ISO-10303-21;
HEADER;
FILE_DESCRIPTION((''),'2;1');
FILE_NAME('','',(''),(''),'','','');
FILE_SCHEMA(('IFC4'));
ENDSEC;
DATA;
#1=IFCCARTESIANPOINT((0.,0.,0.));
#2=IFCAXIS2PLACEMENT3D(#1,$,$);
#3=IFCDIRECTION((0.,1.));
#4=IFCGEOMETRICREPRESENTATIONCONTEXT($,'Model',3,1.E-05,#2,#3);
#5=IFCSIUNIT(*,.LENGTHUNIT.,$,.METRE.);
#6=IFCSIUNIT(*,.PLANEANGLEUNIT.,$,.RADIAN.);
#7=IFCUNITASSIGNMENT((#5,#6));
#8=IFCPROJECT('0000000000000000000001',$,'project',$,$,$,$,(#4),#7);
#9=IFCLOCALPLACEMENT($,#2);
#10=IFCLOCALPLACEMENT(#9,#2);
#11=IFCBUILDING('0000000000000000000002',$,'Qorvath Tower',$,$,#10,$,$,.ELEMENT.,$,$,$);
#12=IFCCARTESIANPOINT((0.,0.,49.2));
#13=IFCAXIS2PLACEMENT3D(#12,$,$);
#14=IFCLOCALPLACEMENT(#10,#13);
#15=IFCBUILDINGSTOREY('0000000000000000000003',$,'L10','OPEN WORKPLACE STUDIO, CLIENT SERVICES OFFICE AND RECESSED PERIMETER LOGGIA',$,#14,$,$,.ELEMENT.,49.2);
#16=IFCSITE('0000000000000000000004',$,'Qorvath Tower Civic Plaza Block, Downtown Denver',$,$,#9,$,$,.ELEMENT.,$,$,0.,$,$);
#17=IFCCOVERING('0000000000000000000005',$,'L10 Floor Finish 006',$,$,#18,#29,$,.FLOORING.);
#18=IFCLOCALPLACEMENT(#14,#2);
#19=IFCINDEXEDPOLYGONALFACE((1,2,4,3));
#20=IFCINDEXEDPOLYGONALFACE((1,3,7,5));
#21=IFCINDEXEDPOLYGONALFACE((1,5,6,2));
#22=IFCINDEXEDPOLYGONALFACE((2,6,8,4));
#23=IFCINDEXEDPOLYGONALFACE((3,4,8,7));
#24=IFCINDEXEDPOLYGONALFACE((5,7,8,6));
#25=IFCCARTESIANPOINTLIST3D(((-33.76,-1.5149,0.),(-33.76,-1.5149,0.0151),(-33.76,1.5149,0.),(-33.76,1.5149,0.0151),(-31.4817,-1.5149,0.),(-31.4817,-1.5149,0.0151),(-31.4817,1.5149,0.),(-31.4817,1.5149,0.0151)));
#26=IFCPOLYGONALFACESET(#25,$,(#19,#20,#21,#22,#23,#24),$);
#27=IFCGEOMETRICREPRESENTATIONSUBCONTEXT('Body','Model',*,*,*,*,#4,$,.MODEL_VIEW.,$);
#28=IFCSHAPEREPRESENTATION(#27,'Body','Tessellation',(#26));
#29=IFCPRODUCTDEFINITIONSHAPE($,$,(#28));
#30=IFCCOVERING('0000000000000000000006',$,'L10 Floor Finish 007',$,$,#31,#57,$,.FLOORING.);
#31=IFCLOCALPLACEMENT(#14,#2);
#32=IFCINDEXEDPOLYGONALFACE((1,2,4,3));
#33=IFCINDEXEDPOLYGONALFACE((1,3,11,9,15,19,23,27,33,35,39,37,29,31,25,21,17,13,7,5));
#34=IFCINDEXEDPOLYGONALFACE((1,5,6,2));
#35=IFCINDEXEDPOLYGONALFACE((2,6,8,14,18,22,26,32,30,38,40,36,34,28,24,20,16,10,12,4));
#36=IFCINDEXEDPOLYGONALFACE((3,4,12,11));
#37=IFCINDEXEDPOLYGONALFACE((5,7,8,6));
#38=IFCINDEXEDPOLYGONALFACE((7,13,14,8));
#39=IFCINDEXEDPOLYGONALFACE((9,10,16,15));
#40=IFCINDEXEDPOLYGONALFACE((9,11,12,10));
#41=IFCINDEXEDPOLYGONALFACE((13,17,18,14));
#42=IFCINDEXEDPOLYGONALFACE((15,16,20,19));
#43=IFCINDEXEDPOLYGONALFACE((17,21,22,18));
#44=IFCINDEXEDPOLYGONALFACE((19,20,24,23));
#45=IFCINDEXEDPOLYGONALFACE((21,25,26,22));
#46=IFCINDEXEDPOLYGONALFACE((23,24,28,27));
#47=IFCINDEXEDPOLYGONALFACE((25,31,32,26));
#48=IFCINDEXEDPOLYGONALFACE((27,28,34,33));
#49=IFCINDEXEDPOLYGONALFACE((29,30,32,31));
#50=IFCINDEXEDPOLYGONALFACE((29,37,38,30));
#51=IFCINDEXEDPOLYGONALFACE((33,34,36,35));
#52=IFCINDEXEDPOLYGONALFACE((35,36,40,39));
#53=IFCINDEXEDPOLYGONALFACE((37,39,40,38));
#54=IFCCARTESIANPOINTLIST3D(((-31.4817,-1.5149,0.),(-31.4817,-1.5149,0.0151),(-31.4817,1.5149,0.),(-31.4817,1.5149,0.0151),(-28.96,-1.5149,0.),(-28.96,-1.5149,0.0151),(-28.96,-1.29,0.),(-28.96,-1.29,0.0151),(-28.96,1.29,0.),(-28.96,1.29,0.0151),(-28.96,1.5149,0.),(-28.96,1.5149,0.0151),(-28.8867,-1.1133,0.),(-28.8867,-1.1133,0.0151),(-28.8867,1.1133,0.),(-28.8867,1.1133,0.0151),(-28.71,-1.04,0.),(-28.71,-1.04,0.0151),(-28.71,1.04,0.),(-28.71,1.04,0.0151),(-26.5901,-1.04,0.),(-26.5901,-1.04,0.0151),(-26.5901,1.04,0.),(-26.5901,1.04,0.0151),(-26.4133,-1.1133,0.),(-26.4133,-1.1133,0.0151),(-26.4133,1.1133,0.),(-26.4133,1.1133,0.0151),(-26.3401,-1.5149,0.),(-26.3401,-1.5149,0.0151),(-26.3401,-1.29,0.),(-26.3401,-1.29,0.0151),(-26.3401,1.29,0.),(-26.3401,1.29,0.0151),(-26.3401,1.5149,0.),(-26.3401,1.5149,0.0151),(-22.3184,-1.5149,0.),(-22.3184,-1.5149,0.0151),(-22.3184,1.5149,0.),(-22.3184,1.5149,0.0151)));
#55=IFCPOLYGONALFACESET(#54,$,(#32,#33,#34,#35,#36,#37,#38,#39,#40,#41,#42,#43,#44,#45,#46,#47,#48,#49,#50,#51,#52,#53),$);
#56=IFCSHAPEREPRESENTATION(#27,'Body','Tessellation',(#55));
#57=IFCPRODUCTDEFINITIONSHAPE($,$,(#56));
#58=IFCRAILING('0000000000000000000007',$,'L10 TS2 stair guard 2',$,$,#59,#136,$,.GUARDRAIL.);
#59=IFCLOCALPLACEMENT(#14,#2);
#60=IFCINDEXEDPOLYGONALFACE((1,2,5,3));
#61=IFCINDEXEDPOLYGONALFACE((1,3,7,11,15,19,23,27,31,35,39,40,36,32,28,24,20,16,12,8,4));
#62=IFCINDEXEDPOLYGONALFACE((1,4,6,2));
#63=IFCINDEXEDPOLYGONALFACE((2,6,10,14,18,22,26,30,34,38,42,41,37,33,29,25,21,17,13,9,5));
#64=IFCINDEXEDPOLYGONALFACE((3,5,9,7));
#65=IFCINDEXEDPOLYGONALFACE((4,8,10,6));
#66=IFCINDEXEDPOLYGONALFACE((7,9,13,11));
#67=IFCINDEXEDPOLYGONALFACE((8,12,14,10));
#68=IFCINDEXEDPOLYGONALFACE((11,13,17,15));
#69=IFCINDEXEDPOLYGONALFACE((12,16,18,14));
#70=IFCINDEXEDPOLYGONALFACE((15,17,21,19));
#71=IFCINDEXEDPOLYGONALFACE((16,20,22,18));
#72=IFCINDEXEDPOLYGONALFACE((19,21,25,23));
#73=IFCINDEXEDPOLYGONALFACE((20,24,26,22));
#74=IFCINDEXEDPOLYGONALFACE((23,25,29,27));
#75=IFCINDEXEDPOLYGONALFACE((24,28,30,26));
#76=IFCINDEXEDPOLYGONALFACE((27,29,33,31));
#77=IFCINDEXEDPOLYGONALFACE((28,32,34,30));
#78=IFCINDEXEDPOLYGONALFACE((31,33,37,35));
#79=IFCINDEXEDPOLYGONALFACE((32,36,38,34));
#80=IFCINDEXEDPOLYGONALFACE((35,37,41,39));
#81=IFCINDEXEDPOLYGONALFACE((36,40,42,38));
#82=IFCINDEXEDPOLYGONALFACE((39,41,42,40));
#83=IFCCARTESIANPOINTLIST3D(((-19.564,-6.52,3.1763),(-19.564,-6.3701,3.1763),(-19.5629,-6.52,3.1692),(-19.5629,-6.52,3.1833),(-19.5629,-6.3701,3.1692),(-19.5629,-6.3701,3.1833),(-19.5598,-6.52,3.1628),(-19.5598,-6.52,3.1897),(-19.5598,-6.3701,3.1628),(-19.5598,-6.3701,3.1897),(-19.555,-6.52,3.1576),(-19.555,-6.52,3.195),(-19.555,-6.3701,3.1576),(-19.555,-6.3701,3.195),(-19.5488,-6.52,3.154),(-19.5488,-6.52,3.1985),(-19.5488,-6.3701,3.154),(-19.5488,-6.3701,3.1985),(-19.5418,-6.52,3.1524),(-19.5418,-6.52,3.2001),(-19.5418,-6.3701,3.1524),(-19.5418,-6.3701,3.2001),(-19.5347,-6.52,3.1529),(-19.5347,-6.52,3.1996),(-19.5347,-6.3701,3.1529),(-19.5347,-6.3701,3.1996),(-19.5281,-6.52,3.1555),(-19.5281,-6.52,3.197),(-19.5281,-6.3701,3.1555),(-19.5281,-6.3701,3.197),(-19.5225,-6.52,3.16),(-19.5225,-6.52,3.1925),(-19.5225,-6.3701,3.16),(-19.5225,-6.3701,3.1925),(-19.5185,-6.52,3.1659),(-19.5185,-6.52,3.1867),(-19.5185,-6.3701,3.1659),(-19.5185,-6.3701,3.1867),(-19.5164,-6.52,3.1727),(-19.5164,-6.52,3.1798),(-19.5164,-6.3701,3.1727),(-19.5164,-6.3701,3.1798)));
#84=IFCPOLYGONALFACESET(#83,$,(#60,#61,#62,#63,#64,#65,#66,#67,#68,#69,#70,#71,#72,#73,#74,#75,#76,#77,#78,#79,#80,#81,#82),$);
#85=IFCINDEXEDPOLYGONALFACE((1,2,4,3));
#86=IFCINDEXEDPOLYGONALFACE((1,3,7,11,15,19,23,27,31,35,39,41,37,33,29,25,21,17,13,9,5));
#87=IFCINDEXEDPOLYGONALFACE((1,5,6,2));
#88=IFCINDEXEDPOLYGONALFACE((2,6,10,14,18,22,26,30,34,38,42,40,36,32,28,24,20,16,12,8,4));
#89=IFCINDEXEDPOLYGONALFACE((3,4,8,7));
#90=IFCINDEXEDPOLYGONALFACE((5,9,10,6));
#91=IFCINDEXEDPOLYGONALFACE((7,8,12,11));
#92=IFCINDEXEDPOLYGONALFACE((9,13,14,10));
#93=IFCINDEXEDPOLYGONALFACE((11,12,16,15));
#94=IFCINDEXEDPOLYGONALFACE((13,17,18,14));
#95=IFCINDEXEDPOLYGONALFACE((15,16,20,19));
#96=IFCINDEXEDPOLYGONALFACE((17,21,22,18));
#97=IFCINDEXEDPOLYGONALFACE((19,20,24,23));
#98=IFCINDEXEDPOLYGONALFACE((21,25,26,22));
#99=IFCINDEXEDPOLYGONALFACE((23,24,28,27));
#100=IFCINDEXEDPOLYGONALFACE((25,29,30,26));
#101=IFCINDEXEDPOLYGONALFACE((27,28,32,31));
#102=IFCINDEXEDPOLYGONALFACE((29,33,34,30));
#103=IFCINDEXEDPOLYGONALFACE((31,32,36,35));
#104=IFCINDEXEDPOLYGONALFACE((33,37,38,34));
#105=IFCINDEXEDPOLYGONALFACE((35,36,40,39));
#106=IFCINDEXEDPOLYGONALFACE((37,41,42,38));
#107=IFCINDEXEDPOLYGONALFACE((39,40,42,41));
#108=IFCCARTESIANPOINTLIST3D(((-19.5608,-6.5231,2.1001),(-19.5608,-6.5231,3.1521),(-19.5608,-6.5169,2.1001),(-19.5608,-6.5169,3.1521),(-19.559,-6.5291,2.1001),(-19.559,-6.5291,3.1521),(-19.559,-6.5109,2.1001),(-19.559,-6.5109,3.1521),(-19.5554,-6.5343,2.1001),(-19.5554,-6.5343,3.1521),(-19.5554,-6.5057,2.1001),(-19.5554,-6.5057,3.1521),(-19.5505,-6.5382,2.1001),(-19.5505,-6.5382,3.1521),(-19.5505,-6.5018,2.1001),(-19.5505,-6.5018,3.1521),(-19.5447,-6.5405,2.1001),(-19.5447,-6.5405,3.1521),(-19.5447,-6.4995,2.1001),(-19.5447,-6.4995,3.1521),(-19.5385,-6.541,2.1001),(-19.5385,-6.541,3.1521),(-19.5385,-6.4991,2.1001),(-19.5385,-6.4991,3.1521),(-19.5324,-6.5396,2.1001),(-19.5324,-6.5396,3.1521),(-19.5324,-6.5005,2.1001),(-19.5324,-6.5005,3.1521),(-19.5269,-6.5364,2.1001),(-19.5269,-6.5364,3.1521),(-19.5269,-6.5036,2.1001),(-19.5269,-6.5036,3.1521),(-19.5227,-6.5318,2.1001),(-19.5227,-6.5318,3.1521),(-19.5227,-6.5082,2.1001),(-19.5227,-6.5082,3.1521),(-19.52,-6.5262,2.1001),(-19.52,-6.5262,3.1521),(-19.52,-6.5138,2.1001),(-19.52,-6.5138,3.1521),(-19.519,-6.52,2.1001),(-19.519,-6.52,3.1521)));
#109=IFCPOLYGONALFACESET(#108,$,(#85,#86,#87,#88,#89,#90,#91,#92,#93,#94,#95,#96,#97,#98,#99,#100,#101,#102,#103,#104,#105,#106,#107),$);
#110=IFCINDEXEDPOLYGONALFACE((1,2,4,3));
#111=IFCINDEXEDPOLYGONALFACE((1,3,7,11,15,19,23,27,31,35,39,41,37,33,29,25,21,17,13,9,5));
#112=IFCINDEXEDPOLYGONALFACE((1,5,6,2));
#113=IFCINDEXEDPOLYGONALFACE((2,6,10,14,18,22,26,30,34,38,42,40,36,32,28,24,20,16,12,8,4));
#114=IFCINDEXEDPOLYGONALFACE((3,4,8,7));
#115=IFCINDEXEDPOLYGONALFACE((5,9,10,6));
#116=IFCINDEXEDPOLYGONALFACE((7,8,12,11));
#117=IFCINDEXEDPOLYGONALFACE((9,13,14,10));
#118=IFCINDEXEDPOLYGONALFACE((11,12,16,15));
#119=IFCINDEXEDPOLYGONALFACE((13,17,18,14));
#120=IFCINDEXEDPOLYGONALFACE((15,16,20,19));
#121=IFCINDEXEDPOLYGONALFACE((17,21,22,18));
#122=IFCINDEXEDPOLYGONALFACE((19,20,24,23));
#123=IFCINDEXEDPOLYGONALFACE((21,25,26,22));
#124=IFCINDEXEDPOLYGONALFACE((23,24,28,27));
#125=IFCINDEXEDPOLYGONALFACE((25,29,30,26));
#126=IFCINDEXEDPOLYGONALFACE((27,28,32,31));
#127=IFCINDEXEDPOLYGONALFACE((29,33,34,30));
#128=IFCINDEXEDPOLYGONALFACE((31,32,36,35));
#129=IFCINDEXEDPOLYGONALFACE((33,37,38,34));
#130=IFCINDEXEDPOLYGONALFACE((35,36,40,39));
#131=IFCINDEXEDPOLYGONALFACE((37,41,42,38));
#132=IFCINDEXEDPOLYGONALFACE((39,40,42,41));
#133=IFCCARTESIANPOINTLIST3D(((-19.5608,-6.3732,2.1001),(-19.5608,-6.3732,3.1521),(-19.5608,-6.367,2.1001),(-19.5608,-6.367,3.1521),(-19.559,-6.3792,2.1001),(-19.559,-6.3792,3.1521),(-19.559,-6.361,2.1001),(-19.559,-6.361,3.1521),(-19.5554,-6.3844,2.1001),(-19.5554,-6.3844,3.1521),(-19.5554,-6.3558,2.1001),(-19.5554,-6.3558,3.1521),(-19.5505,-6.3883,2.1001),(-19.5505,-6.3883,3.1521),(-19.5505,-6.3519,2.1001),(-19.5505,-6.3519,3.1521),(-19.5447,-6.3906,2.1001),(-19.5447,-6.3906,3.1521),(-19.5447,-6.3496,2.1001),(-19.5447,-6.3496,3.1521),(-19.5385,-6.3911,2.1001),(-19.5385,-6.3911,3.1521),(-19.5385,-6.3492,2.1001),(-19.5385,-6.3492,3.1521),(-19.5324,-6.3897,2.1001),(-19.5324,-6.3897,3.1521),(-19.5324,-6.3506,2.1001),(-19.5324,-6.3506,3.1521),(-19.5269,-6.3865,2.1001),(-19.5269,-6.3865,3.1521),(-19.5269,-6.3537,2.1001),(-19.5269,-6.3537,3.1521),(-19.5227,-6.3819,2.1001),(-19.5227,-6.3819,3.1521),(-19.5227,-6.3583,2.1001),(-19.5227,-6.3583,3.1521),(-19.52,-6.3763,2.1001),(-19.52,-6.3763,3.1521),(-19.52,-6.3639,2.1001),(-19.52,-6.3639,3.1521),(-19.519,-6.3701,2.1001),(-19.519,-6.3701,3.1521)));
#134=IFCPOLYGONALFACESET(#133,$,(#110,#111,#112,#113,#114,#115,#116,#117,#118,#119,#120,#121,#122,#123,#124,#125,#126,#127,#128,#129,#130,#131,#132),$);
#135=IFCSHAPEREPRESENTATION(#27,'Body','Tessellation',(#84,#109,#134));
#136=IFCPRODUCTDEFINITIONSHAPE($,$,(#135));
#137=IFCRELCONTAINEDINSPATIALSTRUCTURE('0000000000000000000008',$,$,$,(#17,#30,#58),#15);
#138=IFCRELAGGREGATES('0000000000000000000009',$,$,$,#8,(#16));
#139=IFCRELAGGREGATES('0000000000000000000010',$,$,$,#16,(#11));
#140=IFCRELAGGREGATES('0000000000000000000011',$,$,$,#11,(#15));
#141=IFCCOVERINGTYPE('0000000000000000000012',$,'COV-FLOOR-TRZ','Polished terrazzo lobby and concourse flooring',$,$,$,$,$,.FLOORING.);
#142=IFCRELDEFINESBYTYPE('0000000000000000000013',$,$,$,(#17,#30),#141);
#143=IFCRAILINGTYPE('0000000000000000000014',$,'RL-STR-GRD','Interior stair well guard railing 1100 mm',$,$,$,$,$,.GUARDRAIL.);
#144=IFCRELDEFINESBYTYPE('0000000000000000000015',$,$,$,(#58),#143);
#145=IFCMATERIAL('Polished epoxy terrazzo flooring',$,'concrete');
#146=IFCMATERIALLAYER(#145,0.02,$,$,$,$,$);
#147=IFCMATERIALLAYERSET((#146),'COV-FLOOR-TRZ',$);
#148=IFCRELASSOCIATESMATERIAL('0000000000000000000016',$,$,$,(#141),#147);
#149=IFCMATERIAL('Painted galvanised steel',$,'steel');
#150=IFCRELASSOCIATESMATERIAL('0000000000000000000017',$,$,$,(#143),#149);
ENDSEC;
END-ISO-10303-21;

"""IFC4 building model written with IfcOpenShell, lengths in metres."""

from ifc_helpers import new_model, si_unit, direction, frame, origin, origin_2d, place, context, subcontext, project, spatial, polyline, circle, outline, extrude, material, layer, layer_set, type_object, element, save


model = new_model("IFC4")

# Units and contexts
model_context = context("Model", 3, precision=1e-05, world=origin(), true_north=direction((0.0, 1.0)))
body_context = subcontext(model_context, "Body", "Model", "MODEL_VIEW")
ifc_project = project(units=[si_unit("LENGTHUNIT", "METRE"), si_unit("PLANEANGLEUNIT", "RADIAN")], contexts=[model_context])

# Site, building, storey
site_placement = place(None, origin())
site = spatial("IfcSite", under=ifc_project, at=site_placement, Name="Qorvath Tower Civic Plaza Block, Downtown Denver", CompositionType="ELEMENT", RefElevation=0.0)
building_placement = place(site_placement, origin())
building = spatial("IfcBuilding", under=site, at=building_placement, Name="Qorvath Tower", CompositionType="ELEMENT")
storey_placement = place(building_placement, frame((0.0, 0.0, 49.2)))
storey = spatial("IfcBuildingStorey", under=building, at=storey_placement, Name="L10", Description="OPEN WORKPLACE STUDIO, CLIENT SERVICES OFFICE AND RECESSED PERIMETER LOGGIA", CompositionType="ELEMENT", Elevation=49.2)

# Coverings
ifc_material_1 = material(Name="Polished epoxy terrazzo flooring", Category="concrete")
ifc_layer_1 = layer(ifc_material_1, 0.02)
ifc_layer_set_1 = layer_set([ifc_layer_1], Name="COV-FLOOR-TRZ")
covering_type_1 = type_object("IfcCoveringType", Name="COV-FLOOR-TRZ", Description="Polished terrazzo lobby and concourse flooring", PredefinedType="FLOORING", material=ifc_layer_set_1)
covering_1_placement = place(storey_placement, origin())
element("IfcCovering", 1, at=covering_1_placement, inside=storey, type_object=covering_type_1, Name="L10 Floor Finish 006", PredefinedType="FLOORING", context=body_context, shape_type="SweptSolid", body=[
    extrude(outline(polyline([(-31.4817, -1.5149), (-31.4817, 1.5149), (-33.76, 1.5149), (-33.76, -1.5149), (-31.4817, -1.5149)])), origin(), (0.0, 0.0, 1.0), 0.0151),
])
covering_2_placement = place(storey_placement, origin())
element("IfcCovering", 2, at=covering_2_placement, inside=storey, type_object=covering_type_1, Name="L10 Floor Finish 007", PredefinedType="FLOORING", context=body_context, shape_type="SweptSolid", body=[
    extrude(outline(polyline([(-22.3184, -1.5149), (-22.3184, 1.5149), (-26.3401, 1.5149), (-26.3401, 1.29), (-26.4133, 1.1133), (-26.5901, 1.04), (-28.71, 1.04), (-28.8867, 1.1133), (-28.96, 1.29), (-28.96, 1.5149), (-31.4817, 1.5149), (-31.4817, -1.5149), (-28.96, -1.5149), (-28.96, -1.29), (-28.8867, -1.1133), (-28.71, -1.04), (-26.5901, -1.04), (-26.4133, -1.1133), (-26.3401, -1.29), (-26.3401, -1.5149), (-22.3184, -1.5149)])), origin(), (0.0, 0.0, 1.0), 0.0151),
])

# Railing
ifc_material_2 = material(Name="Painted galvanised steel", Category="steel")
railing_type_1 = type_object("IfcRailingType", Name="RL-STR-GRD", Description="Interior stair well guard railing 1100 mm", PredefinedType="GUARDRAIL", material=ifc_material_2)
railing_1_placement = place(storey_placement, frame((-19.54, -6.52, 2.1001)))
element("IfcRailing", 3, at=railing_1_placement, inside=storey, type_object=railing_type_1, Name="L10 TS2 stair guard 2", PredefinedType="GUARDRAIL", context=body_context, shape_type="SweptSolid", body=[
    extrude(circle(Radius=0.0239, at=origin_2d()), frame((0.0, 0.0, 1.0762), z_axis=(0.0, 1.0, 0.0), x_axis=(-1.0, 0.0, 0.0)), (0.0, 0.0, 1.0), 0.1499),
    extrude(circle(Radius=0.021, at=origin_2d()), origin(), (0.0, 0.0, 1.0), 1.052),
    extrude(circle(Radius=0.021, at=origin_2d()), frame((0.0, 0.1499, 0.0)), (0.0, 0.0, 1.0), 1.052),
])

save(model, "model.ifc")
